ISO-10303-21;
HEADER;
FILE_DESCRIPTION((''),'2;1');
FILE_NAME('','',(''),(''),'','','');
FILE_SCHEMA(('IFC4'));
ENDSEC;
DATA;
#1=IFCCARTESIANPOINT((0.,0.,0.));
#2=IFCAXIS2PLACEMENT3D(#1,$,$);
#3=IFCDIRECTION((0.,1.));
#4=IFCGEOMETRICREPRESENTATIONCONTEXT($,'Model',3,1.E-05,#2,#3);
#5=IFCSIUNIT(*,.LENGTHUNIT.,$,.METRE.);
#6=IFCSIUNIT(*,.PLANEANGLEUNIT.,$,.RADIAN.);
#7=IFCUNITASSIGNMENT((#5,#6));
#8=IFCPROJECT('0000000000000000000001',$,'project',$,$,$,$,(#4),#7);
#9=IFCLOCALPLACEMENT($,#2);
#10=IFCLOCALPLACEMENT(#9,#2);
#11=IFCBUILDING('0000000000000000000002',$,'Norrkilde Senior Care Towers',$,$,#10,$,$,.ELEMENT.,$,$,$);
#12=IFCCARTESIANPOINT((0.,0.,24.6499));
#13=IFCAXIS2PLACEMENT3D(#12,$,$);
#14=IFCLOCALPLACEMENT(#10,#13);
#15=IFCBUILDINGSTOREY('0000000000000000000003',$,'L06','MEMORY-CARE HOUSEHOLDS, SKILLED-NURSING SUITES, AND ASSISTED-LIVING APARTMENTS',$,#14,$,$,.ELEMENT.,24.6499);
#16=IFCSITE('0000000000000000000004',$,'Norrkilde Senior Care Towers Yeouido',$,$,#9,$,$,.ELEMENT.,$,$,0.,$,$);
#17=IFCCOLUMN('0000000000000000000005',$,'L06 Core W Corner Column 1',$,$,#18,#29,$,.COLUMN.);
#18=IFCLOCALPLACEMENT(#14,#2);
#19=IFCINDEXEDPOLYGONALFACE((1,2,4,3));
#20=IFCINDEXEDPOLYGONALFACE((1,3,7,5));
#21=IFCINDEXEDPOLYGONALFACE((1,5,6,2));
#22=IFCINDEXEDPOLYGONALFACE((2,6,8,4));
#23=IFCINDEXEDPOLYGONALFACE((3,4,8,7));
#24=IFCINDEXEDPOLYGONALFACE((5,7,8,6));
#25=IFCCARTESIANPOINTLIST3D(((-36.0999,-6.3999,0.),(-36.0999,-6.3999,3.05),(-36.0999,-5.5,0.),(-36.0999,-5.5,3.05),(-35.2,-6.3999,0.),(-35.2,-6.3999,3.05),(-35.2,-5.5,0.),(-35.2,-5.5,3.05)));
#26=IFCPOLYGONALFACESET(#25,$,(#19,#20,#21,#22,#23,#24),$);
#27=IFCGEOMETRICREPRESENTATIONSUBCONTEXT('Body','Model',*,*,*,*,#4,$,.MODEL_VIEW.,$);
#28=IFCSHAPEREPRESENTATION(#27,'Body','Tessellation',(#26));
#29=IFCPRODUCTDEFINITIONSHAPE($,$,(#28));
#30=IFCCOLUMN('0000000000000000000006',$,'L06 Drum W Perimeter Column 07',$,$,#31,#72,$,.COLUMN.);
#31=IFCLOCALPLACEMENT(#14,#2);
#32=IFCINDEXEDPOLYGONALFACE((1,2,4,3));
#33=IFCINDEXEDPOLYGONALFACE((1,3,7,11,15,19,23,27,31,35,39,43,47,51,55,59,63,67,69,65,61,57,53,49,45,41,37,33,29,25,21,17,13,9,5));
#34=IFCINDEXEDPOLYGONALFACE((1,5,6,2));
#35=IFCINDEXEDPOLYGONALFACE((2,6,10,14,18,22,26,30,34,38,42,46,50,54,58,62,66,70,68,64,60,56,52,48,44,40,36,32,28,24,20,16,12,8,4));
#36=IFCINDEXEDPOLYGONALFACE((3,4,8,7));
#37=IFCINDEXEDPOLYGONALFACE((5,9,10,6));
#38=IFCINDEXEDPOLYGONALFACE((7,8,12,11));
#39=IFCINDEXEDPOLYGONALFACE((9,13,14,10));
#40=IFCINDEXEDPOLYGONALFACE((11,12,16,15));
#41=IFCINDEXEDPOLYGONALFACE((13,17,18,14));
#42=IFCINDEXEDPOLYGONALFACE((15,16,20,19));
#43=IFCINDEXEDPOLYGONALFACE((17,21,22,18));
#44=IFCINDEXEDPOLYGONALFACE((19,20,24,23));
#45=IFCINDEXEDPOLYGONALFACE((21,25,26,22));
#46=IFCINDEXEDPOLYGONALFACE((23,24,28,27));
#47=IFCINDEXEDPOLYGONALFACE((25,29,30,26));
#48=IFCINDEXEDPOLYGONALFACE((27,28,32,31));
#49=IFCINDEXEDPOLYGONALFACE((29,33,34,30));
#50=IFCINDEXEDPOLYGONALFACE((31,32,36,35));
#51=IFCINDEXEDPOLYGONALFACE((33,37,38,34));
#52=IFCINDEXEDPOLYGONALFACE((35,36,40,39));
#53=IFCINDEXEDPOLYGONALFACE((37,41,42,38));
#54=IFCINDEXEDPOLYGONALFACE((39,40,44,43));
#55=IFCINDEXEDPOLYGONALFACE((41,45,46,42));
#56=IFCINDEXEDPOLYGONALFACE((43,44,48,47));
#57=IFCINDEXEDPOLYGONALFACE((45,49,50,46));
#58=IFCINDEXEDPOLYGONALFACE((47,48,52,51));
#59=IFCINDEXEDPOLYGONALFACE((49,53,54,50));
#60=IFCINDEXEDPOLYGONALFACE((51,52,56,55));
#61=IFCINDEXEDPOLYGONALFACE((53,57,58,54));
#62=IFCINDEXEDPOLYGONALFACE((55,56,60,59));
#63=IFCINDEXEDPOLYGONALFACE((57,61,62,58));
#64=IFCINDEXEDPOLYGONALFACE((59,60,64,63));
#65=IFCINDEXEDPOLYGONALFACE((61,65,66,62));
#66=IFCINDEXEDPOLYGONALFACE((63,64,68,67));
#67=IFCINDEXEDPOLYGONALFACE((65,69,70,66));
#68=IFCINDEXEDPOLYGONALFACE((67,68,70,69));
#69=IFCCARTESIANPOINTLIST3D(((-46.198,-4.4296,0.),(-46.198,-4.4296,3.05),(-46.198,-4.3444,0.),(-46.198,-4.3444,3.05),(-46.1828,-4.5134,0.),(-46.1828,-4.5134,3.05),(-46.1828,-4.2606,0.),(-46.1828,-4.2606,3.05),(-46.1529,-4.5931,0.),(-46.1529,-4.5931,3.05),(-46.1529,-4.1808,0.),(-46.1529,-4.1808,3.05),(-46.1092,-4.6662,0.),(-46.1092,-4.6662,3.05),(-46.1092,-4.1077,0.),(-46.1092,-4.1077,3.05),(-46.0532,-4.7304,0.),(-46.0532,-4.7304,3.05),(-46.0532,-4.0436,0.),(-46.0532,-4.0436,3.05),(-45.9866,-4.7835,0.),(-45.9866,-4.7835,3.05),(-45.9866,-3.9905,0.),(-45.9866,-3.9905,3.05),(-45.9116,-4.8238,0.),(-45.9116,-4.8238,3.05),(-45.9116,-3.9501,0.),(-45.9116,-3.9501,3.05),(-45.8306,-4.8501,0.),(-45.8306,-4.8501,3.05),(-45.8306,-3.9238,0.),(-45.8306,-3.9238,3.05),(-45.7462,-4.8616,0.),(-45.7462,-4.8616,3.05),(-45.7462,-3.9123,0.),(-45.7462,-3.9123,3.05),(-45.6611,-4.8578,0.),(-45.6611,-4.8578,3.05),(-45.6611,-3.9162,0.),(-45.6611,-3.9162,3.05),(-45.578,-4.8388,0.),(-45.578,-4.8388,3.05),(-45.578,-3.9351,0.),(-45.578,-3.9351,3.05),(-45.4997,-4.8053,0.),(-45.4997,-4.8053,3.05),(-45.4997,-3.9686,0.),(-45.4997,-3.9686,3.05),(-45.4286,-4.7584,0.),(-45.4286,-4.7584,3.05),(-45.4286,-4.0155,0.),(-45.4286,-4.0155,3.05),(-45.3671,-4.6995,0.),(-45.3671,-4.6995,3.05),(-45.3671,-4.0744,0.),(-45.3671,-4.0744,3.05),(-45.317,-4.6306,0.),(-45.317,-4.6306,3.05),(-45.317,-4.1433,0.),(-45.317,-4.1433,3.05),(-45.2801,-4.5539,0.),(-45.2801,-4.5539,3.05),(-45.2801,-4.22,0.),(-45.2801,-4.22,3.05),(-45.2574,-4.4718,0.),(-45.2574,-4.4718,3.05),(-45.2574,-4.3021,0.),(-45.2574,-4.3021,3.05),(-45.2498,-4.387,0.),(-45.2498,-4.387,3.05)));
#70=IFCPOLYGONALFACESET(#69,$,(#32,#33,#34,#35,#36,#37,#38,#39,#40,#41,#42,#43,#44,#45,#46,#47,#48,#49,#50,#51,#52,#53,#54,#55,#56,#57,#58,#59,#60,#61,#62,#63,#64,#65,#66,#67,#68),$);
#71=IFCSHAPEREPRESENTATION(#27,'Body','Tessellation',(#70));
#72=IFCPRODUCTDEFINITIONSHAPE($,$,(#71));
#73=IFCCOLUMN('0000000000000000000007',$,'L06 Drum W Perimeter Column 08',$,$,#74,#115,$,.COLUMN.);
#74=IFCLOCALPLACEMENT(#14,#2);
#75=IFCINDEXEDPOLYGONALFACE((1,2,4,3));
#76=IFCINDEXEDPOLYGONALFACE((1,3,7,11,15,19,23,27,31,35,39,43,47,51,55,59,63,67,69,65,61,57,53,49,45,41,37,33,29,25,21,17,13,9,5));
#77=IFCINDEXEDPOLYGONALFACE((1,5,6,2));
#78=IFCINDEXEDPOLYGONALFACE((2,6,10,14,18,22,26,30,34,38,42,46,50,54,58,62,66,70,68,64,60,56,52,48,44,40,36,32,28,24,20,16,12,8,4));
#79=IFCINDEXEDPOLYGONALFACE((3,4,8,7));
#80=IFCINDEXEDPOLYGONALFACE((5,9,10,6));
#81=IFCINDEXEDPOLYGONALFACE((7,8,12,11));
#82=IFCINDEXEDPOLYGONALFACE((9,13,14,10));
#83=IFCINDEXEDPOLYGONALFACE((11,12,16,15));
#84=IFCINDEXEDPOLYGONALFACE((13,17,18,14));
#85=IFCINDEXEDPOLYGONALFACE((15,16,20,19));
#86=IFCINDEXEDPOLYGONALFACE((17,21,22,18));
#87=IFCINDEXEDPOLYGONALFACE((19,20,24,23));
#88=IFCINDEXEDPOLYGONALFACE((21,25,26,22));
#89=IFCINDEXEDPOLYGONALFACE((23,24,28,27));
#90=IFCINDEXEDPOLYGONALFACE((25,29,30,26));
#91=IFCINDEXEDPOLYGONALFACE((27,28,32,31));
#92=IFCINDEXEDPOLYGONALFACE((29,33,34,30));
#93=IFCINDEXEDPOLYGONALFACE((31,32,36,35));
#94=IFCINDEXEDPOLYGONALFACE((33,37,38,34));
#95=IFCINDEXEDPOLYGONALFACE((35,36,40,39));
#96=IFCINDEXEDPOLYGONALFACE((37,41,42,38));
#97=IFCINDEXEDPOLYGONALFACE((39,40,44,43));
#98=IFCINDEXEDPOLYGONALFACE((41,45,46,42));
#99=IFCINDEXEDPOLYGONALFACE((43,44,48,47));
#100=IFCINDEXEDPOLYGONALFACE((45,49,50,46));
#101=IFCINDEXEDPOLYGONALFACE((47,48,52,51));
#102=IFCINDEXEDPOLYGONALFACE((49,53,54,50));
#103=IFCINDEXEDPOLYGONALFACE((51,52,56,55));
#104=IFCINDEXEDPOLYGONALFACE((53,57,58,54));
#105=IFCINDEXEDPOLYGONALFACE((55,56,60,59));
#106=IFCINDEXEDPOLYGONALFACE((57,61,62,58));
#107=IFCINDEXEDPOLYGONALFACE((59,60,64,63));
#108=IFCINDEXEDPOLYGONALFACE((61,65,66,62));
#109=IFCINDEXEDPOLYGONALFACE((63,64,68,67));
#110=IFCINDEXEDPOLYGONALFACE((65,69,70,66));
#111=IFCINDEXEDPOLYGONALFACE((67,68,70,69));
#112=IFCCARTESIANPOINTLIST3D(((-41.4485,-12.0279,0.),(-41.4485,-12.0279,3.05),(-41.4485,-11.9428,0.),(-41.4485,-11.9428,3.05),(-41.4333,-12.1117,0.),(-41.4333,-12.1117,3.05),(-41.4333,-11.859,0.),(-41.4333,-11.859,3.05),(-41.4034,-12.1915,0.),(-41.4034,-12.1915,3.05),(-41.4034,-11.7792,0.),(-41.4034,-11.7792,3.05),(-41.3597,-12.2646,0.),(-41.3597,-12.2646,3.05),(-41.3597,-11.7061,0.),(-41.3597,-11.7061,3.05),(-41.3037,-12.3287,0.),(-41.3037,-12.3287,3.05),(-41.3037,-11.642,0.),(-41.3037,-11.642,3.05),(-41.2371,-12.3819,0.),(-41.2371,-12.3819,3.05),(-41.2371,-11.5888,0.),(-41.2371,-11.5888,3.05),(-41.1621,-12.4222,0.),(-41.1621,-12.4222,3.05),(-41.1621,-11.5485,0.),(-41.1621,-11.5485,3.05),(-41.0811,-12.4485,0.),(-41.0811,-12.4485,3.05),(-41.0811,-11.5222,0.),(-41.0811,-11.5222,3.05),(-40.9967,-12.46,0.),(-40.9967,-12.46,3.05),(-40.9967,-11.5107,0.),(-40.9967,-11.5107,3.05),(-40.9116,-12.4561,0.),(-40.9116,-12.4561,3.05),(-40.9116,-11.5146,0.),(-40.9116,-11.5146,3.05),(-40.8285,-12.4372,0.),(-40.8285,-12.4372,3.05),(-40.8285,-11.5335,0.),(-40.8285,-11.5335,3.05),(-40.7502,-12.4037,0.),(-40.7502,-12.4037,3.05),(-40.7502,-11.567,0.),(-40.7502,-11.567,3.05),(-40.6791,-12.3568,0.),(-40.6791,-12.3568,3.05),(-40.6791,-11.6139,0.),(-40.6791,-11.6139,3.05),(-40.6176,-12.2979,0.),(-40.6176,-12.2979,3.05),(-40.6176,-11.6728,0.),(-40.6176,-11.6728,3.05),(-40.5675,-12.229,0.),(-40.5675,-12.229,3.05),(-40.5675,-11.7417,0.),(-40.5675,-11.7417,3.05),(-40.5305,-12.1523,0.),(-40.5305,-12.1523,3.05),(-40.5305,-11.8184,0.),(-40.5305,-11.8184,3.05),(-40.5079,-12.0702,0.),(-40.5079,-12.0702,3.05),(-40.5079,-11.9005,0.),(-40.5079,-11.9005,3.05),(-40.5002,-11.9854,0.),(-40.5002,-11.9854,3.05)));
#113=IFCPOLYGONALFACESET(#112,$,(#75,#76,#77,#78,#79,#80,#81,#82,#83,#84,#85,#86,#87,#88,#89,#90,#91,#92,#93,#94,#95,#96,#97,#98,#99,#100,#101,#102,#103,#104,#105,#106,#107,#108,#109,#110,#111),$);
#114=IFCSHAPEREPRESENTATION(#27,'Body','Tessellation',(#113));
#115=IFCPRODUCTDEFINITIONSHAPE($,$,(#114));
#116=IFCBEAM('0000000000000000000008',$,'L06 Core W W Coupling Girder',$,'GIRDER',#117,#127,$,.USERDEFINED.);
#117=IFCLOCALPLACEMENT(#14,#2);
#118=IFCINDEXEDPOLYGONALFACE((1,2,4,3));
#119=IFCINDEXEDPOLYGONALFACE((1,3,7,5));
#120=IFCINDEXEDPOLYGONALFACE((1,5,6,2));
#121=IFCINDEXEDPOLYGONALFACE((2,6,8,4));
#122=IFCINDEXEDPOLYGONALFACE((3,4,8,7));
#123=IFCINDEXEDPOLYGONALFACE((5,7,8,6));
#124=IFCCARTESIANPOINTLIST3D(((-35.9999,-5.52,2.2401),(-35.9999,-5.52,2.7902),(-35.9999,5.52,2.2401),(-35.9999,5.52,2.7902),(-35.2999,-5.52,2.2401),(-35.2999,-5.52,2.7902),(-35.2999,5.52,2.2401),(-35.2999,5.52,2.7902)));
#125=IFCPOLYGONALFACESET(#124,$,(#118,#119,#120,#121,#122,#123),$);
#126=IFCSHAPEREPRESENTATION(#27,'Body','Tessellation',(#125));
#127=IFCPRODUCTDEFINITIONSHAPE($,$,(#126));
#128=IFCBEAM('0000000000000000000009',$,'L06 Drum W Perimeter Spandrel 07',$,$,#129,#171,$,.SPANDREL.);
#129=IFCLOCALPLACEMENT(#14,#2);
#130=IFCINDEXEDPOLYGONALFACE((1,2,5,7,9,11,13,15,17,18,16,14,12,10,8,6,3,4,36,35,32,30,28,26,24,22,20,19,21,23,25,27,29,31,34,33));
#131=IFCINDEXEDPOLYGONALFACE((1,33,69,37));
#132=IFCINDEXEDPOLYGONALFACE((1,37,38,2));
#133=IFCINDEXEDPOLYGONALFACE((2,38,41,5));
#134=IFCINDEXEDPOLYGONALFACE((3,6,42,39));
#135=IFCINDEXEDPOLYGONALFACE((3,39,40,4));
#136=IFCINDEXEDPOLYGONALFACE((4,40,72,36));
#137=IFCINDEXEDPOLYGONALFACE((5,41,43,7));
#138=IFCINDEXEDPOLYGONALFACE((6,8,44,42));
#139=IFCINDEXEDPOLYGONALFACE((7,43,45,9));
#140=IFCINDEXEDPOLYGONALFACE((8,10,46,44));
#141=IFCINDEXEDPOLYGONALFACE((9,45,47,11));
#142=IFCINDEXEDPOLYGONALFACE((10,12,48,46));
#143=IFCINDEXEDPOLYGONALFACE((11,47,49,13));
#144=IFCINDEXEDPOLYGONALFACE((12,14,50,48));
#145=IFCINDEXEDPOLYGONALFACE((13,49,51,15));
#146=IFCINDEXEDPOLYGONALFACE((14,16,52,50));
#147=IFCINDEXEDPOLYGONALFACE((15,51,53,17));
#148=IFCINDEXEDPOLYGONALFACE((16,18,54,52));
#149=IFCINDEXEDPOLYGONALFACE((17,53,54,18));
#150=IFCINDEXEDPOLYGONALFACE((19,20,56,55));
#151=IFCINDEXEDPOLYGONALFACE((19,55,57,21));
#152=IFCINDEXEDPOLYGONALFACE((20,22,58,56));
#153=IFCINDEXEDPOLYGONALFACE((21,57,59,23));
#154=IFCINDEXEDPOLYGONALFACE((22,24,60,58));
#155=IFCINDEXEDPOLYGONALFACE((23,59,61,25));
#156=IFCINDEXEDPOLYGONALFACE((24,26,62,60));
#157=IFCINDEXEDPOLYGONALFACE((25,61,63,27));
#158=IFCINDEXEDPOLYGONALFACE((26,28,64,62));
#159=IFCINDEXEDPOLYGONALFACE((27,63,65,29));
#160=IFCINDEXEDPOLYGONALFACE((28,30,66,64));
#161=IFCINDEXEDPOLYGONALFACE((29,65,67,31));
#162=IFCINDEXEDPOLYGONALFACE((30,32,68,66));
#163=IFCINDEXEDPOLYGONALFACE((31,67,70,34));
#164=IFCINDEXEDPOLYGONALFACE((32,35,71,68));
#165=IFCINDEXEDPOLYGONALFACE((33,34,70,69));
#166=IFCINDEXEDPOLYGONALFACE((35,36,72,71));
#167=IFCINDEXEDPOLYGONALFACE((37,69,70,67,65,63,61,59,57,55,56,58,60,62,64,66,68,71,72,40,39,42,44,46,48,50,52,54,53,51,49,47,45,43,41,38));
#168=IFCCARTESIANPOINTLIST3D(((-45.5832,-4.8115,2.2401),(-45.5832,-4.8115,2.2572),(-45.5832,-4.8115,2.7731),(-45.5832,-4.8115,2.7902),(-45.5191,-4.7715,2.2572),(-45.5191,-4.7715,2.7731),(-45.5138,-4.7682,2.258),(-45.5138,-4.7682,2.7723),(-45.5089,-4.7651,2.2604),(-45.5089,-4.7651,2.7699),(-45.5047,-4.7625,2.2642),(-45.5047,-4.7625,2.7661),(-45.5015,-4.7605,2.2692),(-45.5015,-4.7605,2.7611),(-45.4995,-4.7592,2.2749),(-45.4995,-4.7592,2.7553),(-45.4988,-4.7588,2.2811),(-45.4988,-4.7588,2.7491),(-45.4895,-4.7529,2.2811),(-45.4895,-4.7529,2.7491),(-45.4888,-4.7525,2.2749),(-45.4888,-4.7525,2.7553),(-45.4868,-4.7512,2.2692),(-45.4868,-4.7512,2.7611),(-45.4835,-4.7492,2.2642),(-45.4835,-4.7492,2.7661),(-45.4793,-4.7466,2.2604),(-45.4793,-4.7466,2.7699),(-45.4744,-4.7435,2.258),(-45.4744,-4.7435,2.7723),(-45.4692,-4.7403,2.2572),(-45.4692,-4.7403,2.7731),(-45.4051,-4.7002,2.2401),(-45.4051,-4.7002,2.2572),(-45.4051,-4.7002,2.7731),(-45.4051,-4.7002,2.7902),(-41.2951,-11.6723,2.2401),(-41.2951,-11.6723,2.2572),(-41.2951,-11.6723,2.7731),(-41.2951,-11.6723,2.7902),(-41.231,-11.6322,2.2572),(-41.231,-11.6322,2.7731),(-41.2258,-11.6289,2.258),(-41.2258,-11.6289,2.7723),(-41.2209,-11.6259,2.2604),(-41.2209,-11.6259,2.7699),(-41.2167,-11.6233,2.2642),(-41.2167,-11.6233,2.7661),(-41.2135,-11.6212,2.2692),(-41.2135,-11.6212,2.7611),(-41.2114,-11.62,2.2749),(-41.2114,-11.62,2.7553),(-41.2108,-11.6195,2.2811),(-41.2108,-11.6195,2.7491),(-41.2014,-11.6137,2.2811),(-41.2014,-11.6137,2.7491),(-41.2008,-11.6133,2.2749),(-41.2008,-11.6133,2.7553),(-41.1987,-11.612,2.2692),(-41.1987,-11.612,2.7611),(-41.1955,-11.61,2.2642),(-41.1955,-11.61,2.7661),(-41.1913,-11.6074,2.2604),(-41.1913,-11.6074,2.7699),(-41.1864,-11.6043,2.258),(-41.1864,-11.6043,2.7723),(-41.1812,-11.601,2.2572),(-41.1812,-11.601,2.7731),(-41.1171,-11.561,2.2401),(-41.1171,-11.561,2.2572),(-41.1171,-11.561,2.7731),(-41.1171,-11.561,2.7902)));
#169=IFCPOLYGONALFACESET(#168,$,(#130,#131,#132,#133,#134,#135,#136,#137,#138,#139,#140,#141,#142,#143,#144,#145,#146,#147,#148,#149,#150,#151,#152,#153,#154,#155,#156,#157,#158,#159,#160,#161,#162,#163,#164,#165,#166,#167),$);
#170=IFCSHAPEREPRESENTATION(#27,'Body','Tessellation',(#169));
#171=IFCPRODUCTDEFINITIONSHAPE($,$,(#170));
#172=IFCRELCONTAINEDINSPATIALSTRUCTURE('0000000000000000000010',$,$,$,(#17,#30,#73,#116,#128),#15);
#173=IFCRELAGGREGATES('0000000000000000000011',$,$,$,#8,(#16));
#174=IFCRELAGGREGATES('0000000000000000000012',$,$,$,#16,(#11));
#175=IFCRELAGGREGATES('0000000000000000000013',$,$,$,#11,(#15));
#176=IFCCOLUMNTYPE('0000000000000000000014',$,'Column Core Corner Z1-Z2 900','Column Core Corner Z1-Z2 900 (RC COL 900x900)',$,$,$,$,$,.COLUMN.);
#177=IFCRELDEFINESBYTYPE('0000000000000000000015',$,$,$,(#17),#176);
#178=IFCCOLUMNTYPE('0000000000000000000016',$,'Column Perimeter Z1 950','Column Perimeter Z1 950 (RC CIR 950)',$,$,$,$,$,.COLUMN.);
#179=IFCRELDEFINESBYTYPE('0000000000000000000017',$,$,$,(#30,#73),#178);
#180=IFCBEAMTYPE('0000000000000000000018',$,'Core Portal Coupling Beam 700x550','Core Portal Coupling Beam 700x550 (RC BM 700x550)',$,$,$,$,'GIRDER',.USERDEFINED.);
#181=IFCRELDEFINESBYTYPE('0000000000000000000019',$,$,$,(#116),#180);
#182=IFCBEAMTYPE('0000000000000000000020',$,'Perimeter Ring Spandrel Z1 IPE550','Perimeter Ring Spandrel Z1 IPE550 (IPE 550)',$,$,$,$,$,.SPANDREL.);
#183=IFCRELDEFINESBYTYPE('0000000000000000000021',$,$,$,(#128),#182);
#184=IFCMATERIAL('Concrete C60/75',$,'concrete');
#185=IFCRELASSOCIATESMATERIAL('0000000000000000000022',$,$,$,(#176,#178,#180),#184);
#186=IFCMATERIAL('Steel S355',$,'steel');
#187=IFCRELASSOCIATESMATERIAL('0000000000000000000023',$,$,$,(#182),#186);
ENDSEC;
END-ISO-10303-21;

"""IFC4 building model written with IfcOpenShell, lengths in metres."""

from ifc_helpers import new_model, si_unit, direction, frame, origin, origin_2d, place, context, subcontext, project, spatial, rectangle, circle, i_section, extrude, source, transform, mapped, material, material_profile, profile_set, type_object, type_shapes, element, save


model = new_model("IFC4")

# Units and contexts
model_context = context("Model", 3, precision=1e-05, world=origin(), true_north=direction((0.0, 1.0)))
body_context = subcontext(model_context, "Body", "Model", "MODEL_VIEW")
ifc_project = project(units=[si_unit("LENGTHUNIT", "METRE"), si_unit("PLANEANGLEUNIT", "RADIAN")], contexts=[model_context])

# Site, building, storey
site_placement = place(None, origin())
site = spatial("IfcSite", under=ifc_project, at=site_placement, Name="Norrkilde Senior Care Towers Yeouido", CompositionType="ELEMENT", RefElevation=0.0)
building_placement = place(site_placement, origin())
building = spatial("IfcBuilding", under=site, at=building_placement, Name="Norrkilde Senior Care Towers", CompositionType="ELEMENT")
storey_placement = place(building_placement, frame((0.0, 0.0, 24.6499)))
storey = spatial("IfcBuildingStorey", under=building, at=storey_placement, Name="L06", Description="MEMORY-CARE HOUSEHOLDS, SKILLED-NURSING SUITES, AND ASSISTED-LIVING APARTMENTS", CompositionType="ELEMENT", Elevation=24.6499)

# Columns
ifc_material_1 = material(Name="Concrete C60/75", Category="concrete")
ifc_material_profile_1 = material_profile(ifc_material_1, rectangle(XDim=0.8999, YDim=0.8999, at=origin_2d()), Name="RC COL 900x900")
ifc_profile_set_1 = profile_set([ifc_material_profile_1], Name="Concrete C60/75")
column_type_1 = type_object("IfcColumnType", Name="Column Core Corner Z1-Z2 900", Description="Column Core Corner Z1-Z2 900 (RC COL 900x900)", PredefinedType="COLUMN", material=ifc_profile_set_1)
shared_shape_1 = source(origin(), body_context, "Body", "SweptSolid", [
    extrude(rectangle(XDim=0.8999, YDim=0.8999, at=origin_2d()), origin(), (0.0, 0.0, 1.0), 3.05),
])
type_shapes(column_type_1, [shared_shape_1])
column_placement = place(storey_placement, frame((-35.6499, -5.95, 0.0), z_axis=(0.0, 0.0, 1.0), x_axis=(1.0, 0.0, 0.0)))
element("IfcColumn", 1, at=column_placement, inside=storey, type_object=column_type_1, Name="L06 Core W Corner Column 1", PredefinedType="COLUMN", context=body_context, shape_type="MappedRepresentation", body=[
    mapped(shared_shape_1, transform((0.0, 0.0, 0.0), x_axis=(1.0, 0.0, 0.0), y_axis=(0.0, 1.0, 0.0), z_axis=(0.0, 0.0, 1.0), scale=1.0)),
])
ifc_material_profile_2 = material_profile(ifc_material_1, circle(Radius=0.4751, at=origin_2d()), Name="RC CIR 950")
ifc_profile_set_2 = profile_set([ifc_material_profile_2], Name="Concrete C60/75")
column_type_2 = type_object("IfcColumnType", Name="Column Perimeter Z1 950", Description="Column Perimeter Z1 950 (RC CIR 950)", PredefinedType="COLUMN", material=ifc_profile_set_2)
shared_shape_2 = source(origin(), body_context, "Body", "SweptSolid", [
    extrude(circle(Radius=0.4751, at=origin_2d()), origin(), (0.0, 0.0, 1.0), 3.05),
])
type_shapes(column_type_2, [shared_shape_2])
for number, where, z_axis, x_axis, name in (
    (2, (-45.7249, -4.387, 0.0), (0.0, 0.0, 1.0), (1.0, 0.0, 0.0), "L06 Drum W Perimeter Column 07"),
    (3, (-40.9753, -11.9854, 0.0), (0.0, 0.0, 1.0), (1.0, 0.0, 0.0), "L06 Drum W Perimeter Column 08"),
):
    element("IfcColumn", number, at=place(storey_placement, frame(where, z_axis=z_axis, x_axis=x_axis)), inside=storey, type_object=column_type_2, Name=name, PredefinedType="COLUMN", context=body_context, shape_type="MappedRepresentation", body=[
        mapped(shared_shape_2, transform((0.0, 0.0, 0.0), x_axis=(1.0, 0.0, 0.0), y_axis=(0.0, 1.0, 0.0), z_axis=(0.0, 0.0, 1.0), scale=1.0)),
    ])

# Beams
ifc_material_profile_3 = material_profile(ifc_material_1, rectangle(XDim=0.7, YDim=0.55, at=origin_2d()), Name="RC BM 700x550")
ifc_profile_set_3 = profile_set([ifc_material_profile_3], Name="Concrete C60/75")
beam_type_1 = type_object("IfcBeamType", Name="Core Portal Coupling Beam 700x550", Description="Core Portal Coupling Beam 700x550 (RC BM 700x550)", ElementType="GIRDER", PredefinedType="USERDEFINED", material=ifc_profile_set_3)
shared_shape_3 = source(origin(), body_context, "Body", "SweptSolid", [
    extrude(rectangle(XDim=0.7, YDim=0.55, at=origin_2d()), origin(), (0.0, 0.0, 1.0), 11.04),
])
type_shapes(beam_type_1, [shared_shape_3])
beam_1_placement = place(storey_placement, frame((-35.6499, -5.52, 2.5151), z_axis=(0.0, 1.0, 0.0), x_axis=(-1.0, 0.0, 0.0)))
element("IfcBeam", 4, at=beam_1_placement, inside=storey, type_object=beam_type_1, Name="L06 Core W W Coupling Girder", ObjectType="GIRDER", PredefinedType="USERDEFINED", context=body_context, shape_type="MappedRepresentation", body=[
    mapped(shared_shape_3, transform((0.0, 0.0, 0.0), x_axis=(1.0, 0.0, 0.0), y_axis=(0.0, 1.0, 0.0), z_axis=(0.0, 0.0, 1.0), scale=1.0)),
])
ifc_material_2 = material(Name="Steel S355", Category="steel")
ifc_material_profile_4 = material_profile(ifc_material_2, i_section(OverallWidth=0.21, OverallDepth=0.55, WebThickness=0.011, FlangeThickness=0.0171, FilletRadius=0.0239, at=origin_2d()), Name="IPE 550")
ifc_profile_set_4 = profile_set([ifc_material_profile_4], Name="Steel S355")
beam_type_2 = type_object("IfcBeamType", Name="Perimeter Ring Spandrel Z1 IPE550", Description="Perimeter Ring Spandrel Z1 IPE550 (IPE 550)", PredefinedType="SPANDREL", material=ifc_profile_set_4)
shared_shape_4 = source(origin(), body_context, "Body", "SweptSolid", [
    extrude(i_section(OverallWidth=0.21, OverallDepth=0.55, WebThickness=0.011, FlangeThickness=0.0171, FilletRadius=0.0239, at=origin_2d()), origin(), (0.0, 0.0, 1.0), 8.0906),
])
beam_2_placement = place(storey_placement, frame((-45.4941, -4.7559, 2.5151), z_axis=(0.530004, -0.847995, 0.0), x_axis=(0.847995, 0.530004, 0.0)))
element("IfcBeam", 5, at=beam_2_placement, inside=storey, type_object=beam_type_2, Name="L06 Drum W Perimeter Spandrel 07", PredefinedType="SPANDREL", context=body_context, shape_type="MappedRepresentation", body=[
    mapped(shared_shape_4, transform((0.0, 0.0, 0.0), x_axis=(1.0, 0.0, 0.0), y_axis=(0.0, 1.0, 0.0), z_axis=(0.0, 0.0, 1.0), scale=1.0)),
])

save(model, "model.ifc")
